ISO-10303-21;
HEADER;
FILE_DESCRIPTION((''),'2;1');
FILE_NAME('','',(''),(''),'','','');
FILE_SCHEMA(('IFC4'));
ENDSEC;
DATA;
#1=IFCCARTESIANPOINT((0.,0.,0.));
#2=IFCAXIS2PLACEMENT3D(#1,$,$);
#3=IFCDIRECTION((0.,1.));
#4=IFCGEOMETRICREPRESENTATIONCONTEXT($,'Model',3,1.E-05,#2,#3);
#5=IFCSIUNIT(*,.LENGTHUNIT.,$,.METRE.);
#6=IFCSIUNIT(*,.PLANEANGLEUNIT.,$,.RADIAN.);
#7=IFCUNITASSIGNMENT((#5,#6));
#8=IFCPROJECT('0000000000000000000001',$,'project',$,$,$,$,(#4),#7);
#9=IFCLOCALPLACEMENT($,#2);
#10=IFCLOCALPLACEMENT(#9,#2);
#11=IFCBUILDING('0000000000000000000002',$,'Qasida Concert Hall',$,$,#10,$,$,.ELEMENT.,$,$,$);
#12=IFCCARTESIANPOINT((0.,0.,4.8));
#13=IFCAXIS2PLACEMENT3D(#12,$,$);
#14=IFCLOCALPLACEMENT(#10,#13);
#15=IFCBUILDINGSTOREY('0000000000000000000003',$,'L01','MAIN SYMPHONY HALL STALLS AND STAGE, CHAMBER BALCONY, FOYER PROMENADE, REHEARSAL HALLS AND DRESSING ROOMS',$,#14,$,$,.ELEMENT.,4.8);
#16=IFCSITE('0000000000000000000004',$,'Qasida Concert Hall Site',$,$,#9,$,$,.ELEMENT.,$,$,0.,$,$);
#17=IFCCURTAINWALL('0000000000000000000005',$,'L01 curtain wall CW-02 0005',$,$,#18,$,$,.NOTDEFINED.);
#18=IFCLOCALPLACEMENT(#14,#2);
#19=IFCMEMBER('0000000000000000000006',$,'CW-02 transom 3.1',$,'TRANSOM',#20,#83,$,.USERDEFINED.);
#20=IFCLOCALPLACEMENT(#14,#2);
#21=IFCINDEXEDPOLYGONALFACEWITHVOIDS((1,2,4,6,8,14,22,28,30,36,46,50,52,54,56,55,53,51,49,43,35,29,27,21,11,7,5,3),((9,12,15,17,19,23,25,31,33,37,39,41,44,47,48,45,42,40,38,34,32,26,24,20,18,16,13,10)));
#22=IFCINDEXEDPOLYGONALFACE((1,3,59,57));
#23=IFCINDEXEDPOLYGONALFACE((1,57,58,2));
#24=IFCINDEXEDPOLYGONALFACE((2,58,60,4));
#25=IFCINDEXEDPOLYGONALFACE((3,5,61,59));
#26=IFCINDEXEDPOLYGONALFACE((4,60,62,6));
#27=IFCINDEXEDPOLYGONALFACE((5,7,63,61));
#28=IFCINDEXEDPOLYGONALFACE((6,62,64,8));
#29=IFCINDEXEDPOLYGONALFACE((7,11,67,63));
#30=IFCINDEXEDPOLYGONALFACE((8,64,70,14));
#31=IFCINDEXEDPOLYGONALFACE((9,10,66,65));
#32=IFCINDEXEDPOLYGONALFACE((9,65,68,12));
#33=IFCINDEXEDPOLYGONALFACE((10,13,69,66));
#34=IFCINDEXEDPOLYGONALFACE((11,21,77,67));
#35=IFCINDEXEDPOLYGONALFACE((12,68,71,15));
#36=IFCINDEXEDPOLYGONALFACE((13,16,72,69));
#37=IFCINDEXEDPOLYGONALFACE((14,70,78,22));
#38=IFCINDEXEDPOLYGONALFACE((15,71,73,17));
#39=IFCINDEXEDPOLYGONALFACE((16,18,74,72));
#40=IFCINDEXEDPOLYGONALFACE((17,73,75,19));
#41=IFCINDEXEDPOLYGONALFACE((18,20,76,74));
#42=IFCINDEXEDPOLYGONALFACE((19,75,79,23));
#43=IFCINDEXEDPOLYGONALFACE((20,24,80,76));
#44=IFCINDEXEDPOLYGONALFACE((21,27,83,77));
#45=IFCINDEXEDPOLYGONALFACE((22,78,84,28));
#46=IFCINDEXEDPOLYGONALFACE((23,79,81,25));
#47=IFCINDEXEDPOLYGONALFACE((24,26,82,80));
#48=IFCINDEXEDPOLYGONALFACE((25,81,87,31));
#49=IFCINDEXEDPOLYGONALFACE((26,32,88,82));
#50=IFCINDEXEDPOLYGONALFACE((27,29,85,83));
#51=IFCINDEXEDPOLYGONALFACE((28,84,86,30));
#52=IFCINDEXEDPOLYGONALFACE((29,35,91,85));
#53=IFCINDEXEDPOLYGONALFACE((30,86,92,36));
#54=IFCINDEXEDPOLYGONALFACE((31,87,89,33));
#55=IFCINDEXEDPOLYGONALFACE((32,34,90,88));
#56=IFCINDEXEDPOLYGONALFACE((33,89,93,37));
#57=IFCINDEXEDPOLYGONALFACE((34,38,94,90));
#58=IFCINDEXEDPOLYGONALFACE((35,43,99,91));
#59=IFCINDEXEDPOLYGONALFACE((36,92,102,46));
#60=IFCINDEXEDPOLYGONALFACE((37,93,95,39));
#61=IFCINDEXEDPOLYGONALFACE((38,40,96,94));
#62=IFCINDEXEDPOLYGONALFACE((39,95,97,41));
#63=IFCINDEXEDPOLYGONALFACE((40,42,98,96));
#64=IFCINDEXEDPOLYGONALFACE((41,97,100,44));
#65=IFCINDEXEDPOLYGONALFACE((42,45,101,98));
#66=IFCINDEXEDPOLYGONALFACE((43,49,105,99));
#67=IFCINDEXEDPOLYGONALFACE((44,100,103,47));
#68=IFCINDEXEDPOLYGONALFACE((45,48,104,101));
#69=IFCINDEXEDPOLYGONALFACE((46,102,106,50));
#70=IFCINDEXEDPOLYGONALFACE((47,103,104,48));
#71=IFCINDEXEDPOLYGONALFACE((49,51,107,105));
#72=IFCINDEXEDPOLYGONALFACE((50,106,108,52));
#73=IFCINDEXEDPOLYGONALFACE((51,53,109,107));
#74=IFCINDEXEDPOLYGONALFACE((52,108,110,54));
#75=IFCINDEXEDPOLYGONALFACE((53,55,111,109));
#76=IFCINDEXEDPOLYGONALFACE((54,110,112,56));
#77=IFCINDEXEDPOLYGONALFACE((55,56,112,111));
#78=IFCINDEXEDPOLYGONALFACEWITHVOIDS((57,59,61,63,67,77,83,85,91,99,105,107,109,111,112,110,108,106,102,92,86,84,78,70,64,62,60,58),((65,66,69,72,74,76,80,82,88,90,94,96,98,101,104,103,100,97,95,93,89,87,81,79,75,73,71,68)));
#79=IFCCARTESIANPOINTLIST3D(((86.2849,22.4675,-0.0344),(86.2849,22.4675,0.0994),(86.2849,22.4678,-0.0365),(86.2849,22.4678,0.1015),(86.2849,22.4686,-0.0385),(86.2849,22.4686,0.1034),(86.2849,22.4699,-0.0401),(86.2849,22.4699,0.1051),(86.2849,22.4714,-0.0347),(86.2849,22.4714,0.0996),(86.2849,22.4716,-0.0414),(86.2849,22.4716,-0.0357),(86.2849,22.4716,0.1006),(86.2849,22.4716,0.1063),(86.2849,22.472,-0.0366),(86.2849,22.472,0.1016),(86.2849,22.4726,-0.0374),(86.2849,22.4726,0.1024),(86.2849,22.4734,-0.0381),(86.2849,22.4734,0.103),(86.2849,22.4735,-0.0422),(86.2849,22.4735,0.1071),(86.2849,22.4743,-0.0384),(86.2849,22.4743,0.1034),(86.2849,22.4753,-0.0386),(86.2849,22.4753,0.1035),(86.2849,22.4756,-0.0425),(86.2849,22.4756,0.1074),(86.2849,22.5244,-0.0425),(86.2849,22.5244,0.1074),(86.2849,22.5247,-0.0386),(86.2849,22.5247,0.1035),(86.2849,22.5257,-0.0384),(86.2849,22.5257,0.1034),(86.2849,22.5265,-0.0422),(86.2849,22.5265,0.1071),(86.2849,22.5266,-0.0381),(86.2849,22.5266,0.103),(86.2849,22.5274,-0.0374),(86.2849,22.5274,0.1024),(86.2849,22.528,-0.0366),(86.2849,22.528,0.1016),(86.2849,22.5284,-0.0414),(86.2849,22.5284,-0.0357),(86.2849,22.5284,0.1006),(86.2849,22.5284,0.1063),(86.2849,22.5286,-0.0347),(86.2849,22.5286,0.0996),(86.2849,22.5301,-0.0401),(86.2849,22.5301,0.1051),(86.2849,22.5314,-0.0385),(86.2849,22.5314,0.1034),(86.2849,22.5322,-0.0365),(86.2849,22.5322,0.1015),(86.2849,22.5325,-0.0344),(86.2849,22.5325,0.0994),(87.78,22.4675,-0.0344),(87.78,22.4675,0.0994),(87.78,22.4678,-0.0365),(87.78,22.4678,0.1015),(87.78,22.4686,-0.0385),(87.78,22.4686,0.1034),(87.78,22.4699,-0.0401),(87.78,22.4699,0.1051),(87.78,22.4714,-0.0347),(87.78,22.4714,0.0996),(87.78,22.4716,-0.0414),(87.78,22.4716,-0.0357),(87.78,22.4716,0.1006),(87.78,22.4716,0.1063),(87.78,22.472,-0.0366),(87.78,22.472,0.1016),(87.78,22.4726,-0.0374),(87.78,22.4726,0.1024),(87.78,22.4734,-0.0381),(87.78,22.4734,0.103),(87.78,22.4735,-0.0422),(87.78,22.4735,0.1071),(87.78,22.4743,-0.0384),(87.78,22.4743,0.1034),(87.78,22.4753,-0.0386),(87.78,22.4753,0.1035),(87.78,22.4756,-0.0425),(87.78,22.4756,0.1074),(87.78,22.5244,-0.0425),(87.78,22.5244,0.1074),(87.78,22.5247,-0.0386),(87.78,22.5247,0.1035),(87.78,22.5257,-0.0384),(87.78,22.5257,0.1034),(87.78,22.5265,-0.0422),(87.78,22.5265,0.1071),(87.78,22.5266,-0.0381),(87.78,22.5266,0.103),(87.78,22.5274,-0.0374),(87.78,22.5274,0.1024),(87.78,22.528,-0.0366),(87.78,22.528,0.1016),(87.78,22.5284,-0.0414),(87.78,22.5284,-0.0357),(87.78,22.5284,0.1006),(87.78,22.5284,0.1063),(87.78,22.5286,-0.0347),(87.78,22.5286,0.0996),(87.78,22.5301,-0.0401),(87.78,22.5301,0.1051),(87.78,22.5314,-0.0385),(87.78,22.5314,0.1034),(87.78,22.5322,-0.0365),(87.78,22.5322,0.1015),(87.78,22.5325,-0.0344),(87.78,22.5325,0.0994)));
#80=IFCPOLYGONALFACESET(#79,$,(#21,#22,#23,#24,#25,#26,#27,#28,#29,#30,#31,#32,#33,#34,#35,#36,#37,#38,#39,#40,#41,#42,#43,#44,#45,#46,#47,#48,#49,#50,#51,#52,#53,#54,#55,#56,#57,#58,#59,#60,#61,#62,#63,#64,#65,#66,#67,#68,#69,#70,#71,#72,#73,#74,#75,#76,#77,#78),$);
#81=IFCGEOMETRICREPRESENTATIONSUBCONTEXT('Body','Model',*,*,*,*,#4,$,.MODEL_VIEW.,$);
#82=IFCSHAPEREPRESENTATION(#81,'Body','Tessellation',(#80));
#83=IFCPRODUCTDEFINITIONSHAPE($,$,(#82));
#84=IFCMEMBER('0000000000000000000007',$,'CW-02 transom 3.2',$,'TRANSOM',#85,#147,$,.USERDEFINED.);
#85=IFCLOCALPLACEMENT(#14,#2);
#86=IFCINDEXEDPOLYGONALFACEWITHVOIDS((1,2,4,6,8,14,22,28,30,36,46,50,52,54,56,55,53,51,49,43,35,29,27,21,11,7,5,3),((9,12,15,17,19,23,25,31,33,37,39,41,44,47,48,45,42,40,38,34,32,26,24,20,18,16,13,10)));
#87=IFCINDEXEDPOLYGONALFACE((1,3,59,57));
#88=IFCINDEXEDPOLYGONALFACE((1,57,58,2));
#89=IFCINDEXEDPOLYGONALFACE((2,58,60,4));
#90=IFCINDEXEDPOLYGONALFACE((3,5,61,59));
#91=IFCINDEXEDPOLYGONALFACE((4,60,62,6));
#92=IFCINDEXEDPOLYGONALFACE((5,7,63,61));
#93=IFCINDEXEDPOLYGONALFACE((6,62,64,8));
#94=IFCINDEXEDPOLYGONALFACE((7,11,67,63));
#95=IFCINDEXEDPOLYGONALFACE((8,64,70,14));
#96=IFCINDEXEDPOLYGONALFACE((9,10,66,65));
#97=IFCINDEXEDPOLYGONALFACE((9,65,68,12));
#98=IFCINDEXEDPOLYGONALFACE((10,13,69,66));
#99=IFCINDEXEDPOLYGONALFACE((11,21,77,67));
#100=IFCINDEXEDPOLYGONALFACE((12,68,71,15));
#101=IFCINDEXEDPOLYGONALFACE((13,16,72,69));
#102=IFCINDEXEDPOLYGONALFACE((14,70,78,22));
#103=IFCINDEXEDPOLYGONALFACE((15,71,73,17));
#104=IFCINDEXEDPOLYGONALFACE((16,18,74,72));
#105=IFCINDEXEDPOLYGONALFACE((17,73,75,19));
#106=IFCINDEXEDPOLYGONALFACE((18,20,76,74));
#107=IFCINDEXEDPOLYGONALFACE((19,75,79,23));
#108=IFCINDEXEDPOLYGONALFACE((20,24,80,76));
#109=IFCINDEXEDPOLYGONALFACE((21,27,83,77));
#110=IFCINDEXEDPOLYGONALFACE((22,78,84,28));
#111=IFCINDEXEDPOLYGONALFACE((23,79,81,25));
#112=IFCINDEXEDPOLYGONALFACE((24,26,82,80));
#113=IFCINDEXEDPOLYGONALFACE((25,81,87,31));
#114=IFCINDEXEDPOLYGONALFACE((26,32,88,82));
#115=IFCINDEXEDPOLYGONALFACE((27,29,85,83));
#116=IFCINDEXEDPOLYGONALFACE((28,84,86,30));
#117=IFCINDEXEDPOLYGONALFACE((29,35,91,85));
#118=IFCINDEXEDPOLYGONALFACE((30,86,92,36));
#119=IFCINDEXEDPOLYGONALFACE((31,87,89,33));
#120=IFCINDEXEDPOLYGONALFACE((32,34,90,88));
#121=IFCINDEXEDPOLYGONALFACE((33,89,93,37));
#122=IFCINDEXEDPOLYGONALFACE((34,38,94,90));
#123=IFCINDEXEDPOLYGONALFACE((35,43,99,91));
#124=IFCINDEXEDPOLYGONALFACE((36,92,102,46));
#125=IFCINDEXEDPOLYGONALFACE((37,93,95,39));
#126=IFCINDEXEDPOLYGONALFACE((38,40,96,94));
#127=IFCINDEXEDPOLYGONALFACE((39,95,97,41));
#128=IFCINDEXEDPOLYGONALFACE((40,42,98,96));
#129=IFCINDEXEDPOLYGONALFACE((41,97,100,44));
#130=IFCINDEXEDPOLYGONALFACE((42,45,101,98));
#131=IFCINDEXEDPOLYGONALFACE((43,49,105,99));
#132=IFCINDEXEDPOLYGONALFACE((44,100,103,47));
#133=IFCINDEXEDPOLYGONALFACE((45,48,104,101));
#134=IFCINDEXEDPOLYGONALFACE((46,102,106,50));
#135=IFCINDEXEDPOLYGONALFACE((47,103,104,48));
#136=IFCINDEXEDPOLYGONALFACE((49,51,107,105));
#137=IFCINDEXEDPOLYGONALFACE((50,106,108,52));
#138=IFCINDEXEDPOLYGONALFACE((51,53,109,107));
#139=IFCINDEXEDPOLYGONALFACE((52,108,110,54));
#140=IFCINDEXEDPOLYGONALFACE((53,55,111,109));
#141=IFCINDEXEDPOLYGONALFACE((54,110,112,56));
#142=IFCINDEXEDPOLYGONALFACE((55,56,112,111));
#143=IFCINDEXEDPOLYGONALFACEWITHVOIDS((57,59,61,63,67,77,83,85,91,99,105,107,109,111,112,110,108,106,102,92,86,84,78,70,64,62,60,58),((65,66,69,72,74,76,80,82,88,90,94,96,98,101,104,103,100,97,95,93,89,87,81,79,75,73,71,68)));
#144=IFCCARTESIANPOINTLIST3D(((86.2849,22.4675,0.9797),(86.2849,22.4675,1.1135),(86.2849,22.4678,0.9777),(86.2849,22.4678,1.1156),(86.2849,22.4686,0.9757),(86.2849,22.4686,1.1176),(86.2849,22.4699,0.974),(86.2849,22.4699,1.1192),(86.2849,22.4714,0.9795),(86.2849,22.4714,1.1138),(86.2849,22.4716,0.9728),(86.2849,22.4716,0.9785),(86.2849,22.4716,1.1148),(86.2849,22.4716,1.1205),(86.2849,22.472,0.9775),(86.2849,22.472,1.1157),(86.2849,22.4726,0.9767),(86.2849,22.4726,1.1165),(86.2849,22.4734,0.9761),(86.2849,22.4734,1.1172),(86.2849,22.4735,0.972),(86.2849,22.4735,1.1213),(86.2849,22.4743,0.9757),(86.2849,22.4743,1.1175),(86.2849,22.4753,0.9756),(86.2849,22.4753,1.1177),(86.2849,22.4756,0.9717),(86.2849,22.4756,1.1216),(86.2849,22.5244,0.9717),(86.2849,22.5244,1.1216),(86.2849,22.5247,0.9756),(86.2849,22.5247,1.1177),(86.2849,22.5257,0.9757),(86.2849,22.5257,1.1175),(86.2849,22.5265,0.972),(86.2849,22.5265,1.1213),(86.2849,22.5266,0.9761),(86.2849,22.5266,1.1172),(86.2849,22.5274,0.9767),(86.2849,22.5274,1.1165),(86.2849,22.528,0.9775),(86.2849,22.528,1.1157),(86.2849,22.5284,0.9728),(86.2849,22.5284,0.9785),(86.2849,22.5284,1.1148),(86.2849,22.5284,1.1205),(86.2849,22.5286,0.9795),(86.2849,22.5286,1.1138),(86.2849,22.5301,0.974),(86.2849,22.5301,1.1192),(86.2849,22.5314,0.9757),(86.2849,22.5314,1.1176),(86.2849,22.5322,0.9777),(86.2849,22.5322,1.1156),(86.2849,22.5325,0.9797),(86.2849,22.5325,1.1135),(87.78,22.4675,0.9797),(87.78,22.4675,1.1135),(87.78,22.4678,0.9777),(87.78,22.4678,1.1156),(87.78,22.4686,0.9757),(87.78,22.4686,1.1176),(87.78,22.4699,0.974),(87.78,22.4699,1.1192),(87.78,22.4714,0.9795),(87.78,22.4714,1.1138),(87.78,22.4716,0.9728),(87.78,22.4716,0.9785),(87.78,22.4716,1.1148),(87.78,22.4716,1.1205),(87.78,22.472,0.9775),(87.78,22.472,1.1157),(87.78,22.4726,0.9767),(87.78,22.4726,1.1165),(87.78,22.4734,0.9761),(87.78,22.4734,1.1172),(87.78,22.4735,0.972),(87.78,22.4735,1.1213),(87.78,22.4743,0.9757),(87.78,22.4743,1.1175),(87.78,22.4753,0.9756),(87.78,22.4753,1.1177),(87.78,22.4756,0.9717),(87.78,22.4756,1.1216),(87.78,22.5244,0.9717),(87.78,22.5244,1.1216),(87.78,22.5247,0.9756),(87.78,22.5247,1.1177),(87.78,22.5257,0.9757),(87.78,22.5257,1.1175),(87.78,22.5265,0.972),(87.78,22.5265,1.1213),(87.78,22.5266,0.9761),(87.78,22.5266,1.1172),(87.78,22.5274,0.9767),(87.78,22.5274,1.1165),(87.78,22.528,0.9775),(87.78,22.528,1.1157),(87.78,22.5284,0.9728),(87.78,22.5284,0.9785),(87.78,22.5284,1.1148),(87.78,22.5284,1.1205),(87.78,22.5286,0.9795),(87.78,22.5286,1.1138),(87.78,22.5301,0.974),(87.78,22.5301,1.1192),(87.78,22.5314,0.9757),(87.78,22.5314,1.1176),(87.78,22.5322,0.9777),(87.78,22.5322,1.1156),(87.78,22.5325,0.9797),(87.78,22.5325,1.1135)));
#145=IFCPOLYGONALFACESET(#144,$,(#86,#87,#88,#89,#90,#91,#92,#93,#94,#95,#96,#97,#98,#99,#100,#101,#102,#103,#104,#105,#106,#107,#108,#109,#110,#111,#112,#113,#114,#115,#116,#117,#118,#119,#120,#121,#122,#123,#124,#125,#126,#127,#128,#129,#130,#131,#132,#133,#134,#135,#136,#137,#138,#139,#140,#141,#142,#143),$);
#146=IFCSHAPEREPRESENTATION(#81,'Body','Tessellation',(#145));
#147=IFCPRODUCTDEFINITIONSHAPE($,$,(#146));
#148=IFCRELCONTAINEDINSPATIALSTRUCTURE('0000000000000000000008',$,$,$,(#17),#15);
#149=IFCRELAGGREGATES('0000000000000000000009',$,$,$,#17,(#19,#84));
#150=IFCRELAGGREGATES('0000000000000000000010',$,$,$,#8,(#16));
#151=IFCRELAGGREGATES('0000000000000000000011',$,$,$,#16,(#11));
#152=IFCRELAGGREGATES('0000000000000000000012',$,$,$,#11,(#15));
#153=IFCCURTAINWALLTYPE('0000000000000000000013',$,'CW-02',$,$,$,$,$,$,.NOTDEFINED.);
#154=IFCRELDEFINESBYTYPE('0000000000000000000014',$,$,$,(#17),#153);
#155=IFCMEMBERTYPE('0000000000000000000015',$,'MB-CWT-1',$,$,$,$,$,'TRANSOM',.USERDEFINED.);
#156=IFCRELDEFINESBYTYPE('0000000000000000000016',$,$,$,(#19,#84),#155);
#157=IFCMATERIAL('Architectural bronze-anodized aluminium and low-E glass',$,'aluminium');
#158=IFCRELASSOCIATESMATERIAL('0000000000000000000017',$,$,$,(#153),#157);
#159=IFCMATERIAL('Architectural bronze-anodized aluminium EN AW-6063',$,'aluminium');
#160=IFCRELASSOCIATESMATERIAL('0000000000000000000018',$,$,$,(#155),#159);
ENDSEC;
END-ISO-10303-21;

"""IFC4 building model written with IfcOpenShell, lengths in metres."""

from ifc_helpers import new_model, si_unit, direction, frame, origin, origin_2d, place, context, subcontext, project, spatial, hollow_rectangle, extrude, material, material_profile, profile_set, type_object, element, aggregate, save


model = new_model("IFC4")

# Units and contexts
model_context = context("Model", 3, precision=1e-05, world=origin(), true_north=direction((0.0, 1.0)))
body_context = subcontext(model_context, "Body", "Model", "MODEL_VIEW")
ifc_project = project(units=[si_unit("LENGTHUNIT", "METRE"), si_unit("PLANEANGLEUNIT", "RADIAN")], contexts=[model_context])

# Site, building, storey
site_placement = place(None, origin())
site = spatial("IfcSite", under=ifc_project, at=site_placement, Name="Qasida Concert Hall Site", CompositionType="ELEMENT", RefElevation=0.0)
building_placement = place(site_placement, origin())
building = spatial("IfcBuilding", under=site, at=building_placement, Name="Qasida Concert Hall", CompositionType="ELEMENT")
storey_placement = place(building_placement, frame((0.0, 0.0, 4.8)))
storey = spatial("IfcBuildingStorey", under=building, at=storey_placement, Name="L01", Description="MAIN SYMPHONY HALL STALLS AND STAGE, CHAMBER BALCONY, FOYER PROMENADE, REHEARSAL HALLS AND DRESSING ROOMS", CompositionType="ELEMENT", Elevation=4.8)

# Curtain wall, members
ifc_material_1 = material(Name="Architectural bronze-anodized aluminium and low-E glass", Category="aluminium")
curtain_wall_type = type_object("IfcCurtainWallType", Name="CW-02", PredefinedType="NOTDEFINED", material=ifc_material_1)
curtain_wall_placement = place(storey_placement, origin())
curtain_wall = element("IfcCurtainWall", 1, at=curtain_wall_placement, inside=storey, type_object=curtain_wall_type, Name="L01 curtain wall CW-02 0005", PredefinedType="NOTDEFINED")
ifc_material_2 = material(Name="Architectural bronze-anodized aluminium EN AW-6063", Category="aluminium")
ifc_material_profile_1 = material_profile(ifc_material_2, hollow_rectangle(XDim=0.0649, YDim=0.1499, WallThickness=0.0039, InnerFilletRadius=0.0039, OuterFilletRadius=0.0081, at=origin_2d()), Name="CWT 150x65x4")
ifc_profile_set_1 = profile_set([ifc_material_profile_1], Name="Architectural bronze-anodized aluminium EN AW-6063")
member_type_1 = type_object("IfcMemberType", Name="MB-CWT-1", ElementType="TRANSOM", PredefinedType="USERDEFINED", material=ifc_profile_set_1)
member_1_placement = place(storey_placement, frame((86.2849, 22.5, 0.0325), z_axis=(1.0, 0.0, 0.0), x_axis=(0.0, 1.0, 0.0)))
member_1 = element("IfcMember", 2, at=member_1_placement, type_object=member_type_1, Name="CW-02 transom 3.1", ObjectType="TRANSOM", PredefinedType="USERDEFINED", context=body_context, shape_type="SweptSolid", body=[
    extrude(hollow_rectangle(XDim=0.0649, YDim=0.1499, WallThickness=0.0039, InnerFilletRadius=0.0039, OuterFilletRadius=0.0081, at=origin_2d()), origin(), (0.0, 0.0, 1.0), 1.4951),
])
member_2_placement = place(storey_placement, frame((86.2849, 22.5, 1.0466), z_axis=(1.0, 0.0, 0.0), x_axis=(0.0, 1.0, 0.0)))
member_2 = element("IfcMember", 3, at=member_2_placement, type_object=member_type_1, Name="CW-02 transom 3.2", ObjectType="TRANSOM", PredefinedType="USERDEFINED", context=body_context, shape_type="SweptSolid", body=[
    extrude(hollow_rectangle(XDim=0.0649, YDim=0.1499, WallThickness=0.0039, InnerFilletRadius=0.0039, OuterFilletRadius=0.0081, at=origin_2d()), origin(), (0.0, 0.0, 1.0), 1.4951),
])
aggregate(curtain_wall, [member_1, member_2])

save(model, "model.ifc")
